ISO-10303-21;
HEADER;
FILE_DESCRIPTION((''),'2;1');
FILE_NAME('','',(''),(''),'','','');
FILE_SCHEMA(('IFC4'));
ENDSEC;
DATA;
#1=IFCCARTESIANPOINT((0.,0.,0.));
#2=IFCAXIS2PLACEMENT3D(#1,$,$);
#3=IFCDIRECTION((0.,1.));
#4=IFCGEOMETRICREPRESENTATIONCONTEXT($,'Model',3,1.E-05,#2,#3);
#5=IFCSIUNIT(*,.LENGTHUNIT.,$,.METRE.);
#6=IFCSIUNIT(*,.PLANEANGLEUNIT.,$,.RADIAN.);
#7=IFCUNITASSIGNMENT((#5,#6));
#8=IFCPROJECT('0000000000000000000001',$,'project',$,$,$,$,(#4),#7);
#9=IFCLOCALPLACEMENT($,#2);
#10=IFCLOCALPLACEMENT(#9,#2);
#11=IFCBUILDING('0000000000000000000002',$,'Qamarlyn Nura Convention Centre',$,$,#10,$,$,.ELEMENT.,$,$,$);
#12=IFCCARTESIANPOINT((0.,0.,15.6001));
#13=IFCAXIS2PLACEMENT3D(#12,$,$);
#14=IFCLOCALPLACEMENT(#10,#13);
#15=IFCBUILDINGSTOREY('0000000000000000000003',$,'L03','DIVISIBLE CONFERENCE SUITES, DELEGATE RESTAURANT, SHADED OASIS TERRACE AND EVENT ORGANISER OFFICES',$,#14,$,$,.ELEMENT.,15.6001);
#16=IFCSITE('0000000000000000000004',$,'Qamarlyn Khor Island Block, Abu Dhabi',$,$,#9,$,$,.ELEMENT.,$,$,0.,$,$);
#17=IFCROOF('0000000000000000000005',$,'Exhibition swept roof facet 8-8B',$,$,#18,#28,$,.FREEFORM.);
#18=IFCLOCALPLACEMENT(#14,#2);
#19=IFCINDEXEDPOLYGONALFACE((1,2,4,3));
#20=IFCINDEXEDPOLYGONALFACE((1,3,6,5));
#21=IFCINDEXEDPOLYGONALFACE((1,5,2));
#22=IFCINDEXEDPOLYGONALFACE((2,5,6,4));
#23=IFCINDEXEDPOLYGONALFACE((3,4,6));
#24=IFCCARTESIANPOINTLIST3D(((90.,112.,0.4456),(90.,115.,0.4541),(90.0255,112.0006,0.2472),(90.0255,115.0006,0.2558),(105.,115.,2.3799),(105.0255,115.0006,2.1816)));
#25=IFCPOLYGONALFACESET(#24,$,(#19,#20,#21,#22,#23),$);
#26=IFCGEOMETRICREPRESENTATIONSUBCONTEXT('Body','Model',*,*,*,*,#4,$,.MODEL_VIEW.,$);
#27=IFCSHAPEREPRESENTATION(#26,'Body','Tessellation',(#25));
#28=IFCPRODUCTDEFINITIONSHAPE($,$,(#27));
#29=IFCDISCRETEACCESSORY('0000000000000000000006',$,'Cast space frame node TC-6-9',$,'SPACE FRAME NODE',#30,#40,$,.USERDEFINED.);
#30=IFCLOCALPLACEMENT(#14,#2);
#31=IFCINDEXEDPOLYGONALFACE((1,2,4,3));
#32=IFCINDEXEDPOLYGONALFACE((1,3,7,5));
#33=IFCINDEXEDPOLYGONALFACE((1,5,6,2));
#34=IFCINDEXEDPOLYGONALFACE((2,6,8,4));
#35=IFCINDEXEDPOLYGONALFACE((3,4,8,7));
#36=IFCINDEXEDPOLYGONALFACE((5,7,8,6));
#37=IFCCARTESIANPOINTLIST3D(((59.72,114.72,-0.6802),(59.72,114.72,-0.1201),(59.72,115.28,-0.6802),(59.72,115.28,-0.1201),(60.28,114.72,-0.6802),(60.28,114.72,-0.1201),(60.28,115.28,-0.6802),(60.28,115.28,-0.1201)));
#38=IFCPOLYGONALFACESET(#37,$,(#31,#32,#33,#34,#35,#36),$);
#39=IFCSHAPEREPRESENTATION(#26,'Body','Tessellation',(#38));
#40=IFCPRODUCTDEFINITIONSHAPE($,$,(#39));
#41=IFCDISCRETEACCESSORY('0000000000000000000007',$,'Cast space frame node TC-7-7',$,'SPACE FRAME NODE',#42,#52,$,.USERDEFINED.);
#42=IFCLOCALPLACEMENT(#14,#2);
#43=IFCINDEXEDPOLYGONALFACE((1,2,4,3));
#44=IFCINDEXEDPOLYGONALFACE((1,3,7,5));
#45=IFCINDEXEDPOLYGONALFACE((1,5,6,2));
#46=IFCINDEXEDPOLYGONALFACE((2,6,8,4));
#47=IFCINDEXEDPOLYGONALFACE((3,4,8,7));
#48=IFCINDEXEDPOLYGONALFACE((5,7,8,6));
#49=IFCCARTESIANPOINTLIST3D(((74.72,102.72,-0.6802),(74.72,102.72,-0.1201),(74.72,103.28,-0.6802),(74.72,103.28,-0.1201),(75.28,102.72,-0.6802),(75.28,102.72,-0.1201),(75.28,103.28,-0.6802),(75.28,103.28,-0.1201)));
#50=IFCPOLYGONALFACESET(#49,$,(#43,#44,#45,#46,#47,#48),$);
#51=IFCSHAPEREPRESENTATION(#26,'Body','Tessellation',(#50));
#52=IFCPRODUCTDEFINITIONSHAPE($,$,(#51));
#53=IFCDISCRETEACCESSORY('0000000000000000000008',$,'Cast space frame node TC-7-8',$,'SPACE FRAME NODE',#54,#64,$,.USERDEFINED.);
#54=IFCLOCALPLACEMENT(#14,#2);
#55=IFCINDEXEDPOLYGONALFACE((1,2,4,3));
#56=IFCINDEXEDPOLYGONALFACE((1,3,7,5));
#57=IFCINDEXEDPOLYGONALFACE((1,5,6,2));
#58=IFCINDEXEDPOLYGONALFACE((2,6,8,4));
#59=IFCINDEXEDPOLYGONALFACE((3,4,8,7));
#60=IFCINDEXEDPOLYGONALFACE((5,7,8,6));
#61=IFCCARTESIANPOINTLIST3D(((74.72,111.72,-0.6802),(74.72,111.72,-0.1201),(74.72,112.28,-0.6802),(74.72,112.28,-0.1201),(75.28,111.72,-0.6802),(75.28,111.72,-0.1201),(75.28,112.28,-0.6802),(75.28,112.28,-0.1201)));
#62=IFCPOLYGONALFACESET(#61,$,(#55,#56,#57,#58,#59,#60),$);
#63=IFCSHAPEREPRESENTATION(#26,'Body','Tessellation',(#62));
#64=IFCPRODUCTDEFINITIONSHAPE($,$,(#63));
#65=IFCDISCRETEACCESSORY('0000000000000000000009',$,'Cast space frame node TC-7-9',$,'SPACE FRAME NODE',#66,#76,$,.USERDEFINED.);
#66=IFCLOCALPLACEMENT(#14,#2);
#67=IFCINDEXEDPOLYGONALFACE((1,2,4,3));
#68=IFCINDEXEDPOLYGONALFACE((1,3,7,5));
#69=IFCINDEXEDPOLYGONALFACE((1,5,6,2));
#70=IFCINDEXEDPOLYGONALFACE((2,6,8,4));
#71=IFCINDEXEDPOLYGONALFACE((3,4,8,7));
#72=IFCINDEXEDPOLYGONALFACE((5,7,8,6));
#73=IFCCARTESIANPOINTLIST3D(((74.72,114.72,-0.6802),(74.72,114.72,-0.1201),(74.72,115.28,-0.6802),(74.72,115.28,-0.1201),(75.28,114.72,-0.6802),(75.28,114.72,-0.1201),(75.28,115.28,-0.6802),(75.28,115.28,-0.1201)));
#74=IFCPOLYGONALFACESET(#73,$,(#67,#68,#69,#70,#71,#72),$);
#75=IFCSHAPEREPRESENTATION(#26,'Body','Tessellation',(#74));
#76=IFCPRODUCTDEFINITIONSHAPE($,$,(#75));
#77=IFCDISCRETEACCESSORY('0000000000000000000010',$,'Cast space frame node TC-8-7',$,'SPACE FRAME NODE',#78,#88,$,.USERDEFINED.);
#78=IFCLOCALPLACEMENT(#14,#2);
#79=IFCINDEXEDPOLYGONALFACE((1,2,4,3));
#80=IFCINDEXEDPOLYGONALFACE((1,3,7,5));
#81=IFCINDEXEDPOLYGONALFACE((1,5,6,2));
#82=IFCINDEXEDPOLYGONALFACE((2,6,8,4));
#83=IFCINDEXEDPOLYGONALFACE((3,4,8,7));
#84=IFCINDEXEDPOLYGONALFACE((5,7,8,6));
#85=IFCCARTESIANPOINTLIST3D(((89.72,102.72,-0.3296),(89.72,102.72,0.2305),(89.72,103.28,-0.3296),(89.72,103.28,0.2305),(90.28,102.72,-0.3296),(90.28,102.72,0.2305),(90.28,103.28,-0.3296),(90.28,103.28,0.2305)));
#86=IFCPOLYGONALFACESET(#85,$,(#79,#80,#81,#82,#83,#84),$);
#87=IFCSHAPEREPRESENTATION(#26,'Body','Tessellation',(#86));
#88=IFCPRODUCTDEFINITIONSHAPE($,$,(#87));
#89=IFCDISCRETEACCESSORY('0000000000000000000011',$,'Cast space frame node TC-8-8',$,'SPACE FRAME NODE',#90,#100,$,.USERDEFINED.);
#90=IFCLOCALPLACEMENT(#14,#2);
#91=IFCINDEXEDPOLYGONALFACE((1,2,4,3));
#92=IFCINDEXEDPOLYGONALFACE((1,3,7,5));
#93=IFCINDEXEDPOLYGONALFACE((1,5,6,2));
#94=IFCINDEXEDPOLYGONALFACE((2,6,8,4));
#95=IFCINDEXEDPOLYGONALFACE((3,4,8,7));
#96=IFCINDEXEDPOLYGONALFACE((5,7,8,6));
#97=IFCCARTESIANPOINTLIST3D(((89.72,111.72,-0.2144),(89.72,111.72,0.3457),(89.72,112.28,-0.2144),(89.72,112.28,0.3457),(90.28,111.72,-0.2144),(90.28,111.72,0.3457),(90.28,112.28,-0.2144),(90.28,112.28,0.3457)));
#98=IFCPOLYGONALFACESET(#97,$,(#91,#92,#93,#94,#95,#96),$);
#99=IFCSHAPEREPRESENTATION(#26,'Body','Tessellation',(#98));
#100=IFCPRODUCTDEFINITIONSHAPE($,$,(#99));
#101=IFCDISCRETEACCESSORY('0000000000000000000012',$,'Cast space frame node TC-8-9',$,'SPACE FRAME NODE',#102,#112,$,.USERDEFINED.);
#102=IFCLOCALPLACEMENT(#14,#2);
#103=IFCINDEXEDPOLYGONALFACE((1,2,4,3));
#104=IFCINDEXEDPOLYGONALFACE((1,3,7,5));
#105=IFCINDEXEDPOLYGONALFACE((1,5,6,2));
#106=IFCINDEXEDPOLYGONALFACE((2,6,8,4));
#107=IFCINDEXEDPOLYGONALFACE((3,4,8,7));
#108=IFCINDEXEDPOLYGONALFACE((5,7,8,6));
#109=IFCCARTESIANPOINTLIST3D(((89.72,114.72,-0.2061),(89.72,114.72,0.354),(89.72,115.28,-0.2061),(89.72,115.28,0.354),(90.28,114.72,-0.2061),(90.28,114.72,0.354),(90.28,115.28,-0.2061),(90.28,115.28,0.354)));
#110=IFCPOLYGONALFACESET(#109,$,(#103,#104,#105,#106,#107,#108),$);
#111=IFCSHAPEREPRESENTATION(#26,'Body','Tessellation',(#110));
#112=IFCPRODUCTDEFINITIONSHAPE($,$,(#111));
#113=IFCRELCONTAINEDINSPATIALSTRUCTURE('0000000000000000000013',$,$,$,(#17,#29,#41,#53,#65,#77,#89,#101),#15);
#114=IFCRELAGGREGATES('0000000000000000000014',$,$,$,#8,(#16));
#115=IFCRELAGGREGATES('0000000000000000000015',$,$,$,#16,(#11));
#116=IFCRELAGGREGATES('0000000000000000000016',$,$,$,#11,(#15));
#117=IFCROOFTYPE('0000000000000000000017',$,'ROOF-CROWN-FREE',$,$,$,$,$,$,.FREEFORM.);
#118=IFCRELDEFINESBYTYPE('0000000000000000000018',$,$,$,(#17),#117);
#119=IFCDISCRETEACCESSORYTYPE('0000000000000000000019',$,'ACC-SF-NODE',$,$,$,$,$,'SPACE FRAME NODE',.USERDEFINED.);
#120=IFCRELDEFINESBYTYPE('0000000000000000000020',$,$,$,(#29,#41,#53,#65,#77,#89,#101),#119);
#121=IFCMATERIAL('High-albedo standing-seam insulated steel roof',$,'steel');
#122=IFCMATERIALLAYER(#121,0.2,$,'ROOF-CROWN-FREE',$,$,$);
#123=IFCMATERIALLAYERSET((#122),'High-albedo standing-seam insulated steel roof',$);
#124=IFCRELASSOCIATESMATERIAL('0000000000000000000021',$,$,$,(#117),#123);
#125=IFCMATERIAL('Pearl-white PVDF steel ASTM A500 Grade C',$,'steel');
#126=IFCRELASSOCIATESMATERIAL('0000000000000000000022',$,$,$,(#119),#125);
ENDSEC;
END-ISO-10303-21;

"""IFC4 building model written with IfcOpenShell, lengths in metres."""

from ifc_helpers import new_model, si_unit, direction, frame, origin, origin_2d, place, context, subcontext, project, spatial, polyline, rectangle, outline, extrude, material, layer, layer_set, type_object, element, save


model = new_model("IFC4")

# Units and contexts
model_context = context("Model", 3, precision=1e-05, world=origin(), true_north=direction((0.0, 1.0)))
body_context = subcontext(model_context, "Body", "Model", "MODEL_VIEW")
ifc_project = project(units=[si_unit("LENGTHUNIT", "METRE"), si_unit("PLANEANGLEUNIT", "RADIAN")], contexts=[model_context])

# Site, building, storey
site_placement = place(None, origin())
site = spatial("IfcSite", under=ifc_project, at=site_placement, Name="Qamarlyn Khor Island Block, Abu Dhabi", CompositionType="ELEMENT", RefElevation=0.0)
building_placement = place(site_placement, origin())
building = spatial("IfcBuilding", under=site, at=building_placement, Name="Qamarlyn Nura Convention Centre", CompositionType="ELEMENT")
storey_placement = place(building_placement, frame((0.0, 0.0, 15.6001)))
storey = spatial("IfcBuildingStorey", under=building, at=storey_placement, Name="L03", Description="DIVISIBLE CONFERENCE SUITES, DELEGATE RESTAURANT, SHADED OASIS TERRACE AND EVENT ORGANISER OFFICES", CompositionType="ELEMENT", Elevation=15.6001)

# Shared definitions
ifc_material_1 = material(Name="Pearl-white PVDF steel ASTM A500 Grade C", Category="steel")

# Roof
ifc_material_2 = material(Name="High-albedo standing-seam insulated steel roof", Category="steel")
ifc_layer = layer(ifc_material_2, 0.2, Name="ROOF-CROWN-FREE")
ifc_layer_set = layer_set([ifc_layer], Name="High-albedo standing-seam insulated steel roof")
roof_type = type_object("IfcRoofType", Name="ROOF-CROWN-FREE", PredefinedType="FREEFORM", material=ifc_layer_set)
roof_1_placement = place(storey_placement, frame((90.0, 112.0, 0.4456), z_axis=(-0.12734, -0.002825, 0.991855), x_axis=(0.972834, 0.194567, 0.125452)))
element("IfcRoof", 1, at=roof_1_placement, inside=storey, type_object=roof_type, Name="Exhibition swept roof facet 8-8B", PredefinedType="FREEFORM", context=body_context, shape_type="SweptSolid", body=[
    extrude(outline(polyline([(0.0, 0.0), (15.4189, 0.0), (0.5848, 2.9425), (0.0, 0.0)])), origin(), (0.0, 0.0, -1.0), 0.2),
])

# Discrete accessories
discrete_accessory_type = type_object("IfcDiscreteAccessoryType", Name="ACC-SF-NODE", ElementType="SPACE FRAME NODE", PredefinedType="USERDEFINED", material=ifc_material_1)
for number, where, z_axis, x_axis, name in (
    (2, (60.0, 115.0, -0.6802), (0.0, 0.0, 1.0), (1.0, 0.0, 0.0), "Cast space frame node TC-6-9"),
    (3, (75.0, 103.0, -0.6802), (0.0, 0.0, 1.0), (1.0, 0.0, 0.0), "Cast space frame node TC-7-7"),
    (4, (75.0, 112.0, -0.6802), (0.0, 0.0, 1.0), (1.0, 0.0, 0.0), "Cast space frame node TC-7-8"),
    (5, (75.0, 115.0, -0.6802), (0.0, 0.0, 1.0), (1.0, 0.0, 0.0), "Cast space frame node TC-7-9"),
    (6, (90.0, 103.0, -0.3296), (0.0, 0.0, 1.0), (1.0, 0.0, 0.0), "Cast space frame node TC-8-7"),
    (7, (90.0, 112.0, -0.2144), (0.0, 0.0, 1.0), (1.0, 0.0, 0.0), "Cast space frame node TC-8-8"),
    (8, (90.0, 115.0, -0.2061), (0.0, 0.0, 1.0), (1.0, 0.0, 0.0), "Cast space frame node TC-8-9"),
):
    element("IfcDiscreteAccessory", number, at=place(storey_placement, frame(where, z_axis=z_axis, x_axis=x_axis)), inside=storey, type_object=discrete_accessory_type, Name=name, ObjectType="SPACE FRAME NODE", PredefinedType="USERDEFINED", context=body_context, shape_type="SweptSolid", body=[
        extrude(rectangle(XDim=0.5601, YDim=0.5601, at=origin_2d()), origin(), (0.0, 0.0, 1.0), 0.5601),
    ])

save(model, "model.ifc")
